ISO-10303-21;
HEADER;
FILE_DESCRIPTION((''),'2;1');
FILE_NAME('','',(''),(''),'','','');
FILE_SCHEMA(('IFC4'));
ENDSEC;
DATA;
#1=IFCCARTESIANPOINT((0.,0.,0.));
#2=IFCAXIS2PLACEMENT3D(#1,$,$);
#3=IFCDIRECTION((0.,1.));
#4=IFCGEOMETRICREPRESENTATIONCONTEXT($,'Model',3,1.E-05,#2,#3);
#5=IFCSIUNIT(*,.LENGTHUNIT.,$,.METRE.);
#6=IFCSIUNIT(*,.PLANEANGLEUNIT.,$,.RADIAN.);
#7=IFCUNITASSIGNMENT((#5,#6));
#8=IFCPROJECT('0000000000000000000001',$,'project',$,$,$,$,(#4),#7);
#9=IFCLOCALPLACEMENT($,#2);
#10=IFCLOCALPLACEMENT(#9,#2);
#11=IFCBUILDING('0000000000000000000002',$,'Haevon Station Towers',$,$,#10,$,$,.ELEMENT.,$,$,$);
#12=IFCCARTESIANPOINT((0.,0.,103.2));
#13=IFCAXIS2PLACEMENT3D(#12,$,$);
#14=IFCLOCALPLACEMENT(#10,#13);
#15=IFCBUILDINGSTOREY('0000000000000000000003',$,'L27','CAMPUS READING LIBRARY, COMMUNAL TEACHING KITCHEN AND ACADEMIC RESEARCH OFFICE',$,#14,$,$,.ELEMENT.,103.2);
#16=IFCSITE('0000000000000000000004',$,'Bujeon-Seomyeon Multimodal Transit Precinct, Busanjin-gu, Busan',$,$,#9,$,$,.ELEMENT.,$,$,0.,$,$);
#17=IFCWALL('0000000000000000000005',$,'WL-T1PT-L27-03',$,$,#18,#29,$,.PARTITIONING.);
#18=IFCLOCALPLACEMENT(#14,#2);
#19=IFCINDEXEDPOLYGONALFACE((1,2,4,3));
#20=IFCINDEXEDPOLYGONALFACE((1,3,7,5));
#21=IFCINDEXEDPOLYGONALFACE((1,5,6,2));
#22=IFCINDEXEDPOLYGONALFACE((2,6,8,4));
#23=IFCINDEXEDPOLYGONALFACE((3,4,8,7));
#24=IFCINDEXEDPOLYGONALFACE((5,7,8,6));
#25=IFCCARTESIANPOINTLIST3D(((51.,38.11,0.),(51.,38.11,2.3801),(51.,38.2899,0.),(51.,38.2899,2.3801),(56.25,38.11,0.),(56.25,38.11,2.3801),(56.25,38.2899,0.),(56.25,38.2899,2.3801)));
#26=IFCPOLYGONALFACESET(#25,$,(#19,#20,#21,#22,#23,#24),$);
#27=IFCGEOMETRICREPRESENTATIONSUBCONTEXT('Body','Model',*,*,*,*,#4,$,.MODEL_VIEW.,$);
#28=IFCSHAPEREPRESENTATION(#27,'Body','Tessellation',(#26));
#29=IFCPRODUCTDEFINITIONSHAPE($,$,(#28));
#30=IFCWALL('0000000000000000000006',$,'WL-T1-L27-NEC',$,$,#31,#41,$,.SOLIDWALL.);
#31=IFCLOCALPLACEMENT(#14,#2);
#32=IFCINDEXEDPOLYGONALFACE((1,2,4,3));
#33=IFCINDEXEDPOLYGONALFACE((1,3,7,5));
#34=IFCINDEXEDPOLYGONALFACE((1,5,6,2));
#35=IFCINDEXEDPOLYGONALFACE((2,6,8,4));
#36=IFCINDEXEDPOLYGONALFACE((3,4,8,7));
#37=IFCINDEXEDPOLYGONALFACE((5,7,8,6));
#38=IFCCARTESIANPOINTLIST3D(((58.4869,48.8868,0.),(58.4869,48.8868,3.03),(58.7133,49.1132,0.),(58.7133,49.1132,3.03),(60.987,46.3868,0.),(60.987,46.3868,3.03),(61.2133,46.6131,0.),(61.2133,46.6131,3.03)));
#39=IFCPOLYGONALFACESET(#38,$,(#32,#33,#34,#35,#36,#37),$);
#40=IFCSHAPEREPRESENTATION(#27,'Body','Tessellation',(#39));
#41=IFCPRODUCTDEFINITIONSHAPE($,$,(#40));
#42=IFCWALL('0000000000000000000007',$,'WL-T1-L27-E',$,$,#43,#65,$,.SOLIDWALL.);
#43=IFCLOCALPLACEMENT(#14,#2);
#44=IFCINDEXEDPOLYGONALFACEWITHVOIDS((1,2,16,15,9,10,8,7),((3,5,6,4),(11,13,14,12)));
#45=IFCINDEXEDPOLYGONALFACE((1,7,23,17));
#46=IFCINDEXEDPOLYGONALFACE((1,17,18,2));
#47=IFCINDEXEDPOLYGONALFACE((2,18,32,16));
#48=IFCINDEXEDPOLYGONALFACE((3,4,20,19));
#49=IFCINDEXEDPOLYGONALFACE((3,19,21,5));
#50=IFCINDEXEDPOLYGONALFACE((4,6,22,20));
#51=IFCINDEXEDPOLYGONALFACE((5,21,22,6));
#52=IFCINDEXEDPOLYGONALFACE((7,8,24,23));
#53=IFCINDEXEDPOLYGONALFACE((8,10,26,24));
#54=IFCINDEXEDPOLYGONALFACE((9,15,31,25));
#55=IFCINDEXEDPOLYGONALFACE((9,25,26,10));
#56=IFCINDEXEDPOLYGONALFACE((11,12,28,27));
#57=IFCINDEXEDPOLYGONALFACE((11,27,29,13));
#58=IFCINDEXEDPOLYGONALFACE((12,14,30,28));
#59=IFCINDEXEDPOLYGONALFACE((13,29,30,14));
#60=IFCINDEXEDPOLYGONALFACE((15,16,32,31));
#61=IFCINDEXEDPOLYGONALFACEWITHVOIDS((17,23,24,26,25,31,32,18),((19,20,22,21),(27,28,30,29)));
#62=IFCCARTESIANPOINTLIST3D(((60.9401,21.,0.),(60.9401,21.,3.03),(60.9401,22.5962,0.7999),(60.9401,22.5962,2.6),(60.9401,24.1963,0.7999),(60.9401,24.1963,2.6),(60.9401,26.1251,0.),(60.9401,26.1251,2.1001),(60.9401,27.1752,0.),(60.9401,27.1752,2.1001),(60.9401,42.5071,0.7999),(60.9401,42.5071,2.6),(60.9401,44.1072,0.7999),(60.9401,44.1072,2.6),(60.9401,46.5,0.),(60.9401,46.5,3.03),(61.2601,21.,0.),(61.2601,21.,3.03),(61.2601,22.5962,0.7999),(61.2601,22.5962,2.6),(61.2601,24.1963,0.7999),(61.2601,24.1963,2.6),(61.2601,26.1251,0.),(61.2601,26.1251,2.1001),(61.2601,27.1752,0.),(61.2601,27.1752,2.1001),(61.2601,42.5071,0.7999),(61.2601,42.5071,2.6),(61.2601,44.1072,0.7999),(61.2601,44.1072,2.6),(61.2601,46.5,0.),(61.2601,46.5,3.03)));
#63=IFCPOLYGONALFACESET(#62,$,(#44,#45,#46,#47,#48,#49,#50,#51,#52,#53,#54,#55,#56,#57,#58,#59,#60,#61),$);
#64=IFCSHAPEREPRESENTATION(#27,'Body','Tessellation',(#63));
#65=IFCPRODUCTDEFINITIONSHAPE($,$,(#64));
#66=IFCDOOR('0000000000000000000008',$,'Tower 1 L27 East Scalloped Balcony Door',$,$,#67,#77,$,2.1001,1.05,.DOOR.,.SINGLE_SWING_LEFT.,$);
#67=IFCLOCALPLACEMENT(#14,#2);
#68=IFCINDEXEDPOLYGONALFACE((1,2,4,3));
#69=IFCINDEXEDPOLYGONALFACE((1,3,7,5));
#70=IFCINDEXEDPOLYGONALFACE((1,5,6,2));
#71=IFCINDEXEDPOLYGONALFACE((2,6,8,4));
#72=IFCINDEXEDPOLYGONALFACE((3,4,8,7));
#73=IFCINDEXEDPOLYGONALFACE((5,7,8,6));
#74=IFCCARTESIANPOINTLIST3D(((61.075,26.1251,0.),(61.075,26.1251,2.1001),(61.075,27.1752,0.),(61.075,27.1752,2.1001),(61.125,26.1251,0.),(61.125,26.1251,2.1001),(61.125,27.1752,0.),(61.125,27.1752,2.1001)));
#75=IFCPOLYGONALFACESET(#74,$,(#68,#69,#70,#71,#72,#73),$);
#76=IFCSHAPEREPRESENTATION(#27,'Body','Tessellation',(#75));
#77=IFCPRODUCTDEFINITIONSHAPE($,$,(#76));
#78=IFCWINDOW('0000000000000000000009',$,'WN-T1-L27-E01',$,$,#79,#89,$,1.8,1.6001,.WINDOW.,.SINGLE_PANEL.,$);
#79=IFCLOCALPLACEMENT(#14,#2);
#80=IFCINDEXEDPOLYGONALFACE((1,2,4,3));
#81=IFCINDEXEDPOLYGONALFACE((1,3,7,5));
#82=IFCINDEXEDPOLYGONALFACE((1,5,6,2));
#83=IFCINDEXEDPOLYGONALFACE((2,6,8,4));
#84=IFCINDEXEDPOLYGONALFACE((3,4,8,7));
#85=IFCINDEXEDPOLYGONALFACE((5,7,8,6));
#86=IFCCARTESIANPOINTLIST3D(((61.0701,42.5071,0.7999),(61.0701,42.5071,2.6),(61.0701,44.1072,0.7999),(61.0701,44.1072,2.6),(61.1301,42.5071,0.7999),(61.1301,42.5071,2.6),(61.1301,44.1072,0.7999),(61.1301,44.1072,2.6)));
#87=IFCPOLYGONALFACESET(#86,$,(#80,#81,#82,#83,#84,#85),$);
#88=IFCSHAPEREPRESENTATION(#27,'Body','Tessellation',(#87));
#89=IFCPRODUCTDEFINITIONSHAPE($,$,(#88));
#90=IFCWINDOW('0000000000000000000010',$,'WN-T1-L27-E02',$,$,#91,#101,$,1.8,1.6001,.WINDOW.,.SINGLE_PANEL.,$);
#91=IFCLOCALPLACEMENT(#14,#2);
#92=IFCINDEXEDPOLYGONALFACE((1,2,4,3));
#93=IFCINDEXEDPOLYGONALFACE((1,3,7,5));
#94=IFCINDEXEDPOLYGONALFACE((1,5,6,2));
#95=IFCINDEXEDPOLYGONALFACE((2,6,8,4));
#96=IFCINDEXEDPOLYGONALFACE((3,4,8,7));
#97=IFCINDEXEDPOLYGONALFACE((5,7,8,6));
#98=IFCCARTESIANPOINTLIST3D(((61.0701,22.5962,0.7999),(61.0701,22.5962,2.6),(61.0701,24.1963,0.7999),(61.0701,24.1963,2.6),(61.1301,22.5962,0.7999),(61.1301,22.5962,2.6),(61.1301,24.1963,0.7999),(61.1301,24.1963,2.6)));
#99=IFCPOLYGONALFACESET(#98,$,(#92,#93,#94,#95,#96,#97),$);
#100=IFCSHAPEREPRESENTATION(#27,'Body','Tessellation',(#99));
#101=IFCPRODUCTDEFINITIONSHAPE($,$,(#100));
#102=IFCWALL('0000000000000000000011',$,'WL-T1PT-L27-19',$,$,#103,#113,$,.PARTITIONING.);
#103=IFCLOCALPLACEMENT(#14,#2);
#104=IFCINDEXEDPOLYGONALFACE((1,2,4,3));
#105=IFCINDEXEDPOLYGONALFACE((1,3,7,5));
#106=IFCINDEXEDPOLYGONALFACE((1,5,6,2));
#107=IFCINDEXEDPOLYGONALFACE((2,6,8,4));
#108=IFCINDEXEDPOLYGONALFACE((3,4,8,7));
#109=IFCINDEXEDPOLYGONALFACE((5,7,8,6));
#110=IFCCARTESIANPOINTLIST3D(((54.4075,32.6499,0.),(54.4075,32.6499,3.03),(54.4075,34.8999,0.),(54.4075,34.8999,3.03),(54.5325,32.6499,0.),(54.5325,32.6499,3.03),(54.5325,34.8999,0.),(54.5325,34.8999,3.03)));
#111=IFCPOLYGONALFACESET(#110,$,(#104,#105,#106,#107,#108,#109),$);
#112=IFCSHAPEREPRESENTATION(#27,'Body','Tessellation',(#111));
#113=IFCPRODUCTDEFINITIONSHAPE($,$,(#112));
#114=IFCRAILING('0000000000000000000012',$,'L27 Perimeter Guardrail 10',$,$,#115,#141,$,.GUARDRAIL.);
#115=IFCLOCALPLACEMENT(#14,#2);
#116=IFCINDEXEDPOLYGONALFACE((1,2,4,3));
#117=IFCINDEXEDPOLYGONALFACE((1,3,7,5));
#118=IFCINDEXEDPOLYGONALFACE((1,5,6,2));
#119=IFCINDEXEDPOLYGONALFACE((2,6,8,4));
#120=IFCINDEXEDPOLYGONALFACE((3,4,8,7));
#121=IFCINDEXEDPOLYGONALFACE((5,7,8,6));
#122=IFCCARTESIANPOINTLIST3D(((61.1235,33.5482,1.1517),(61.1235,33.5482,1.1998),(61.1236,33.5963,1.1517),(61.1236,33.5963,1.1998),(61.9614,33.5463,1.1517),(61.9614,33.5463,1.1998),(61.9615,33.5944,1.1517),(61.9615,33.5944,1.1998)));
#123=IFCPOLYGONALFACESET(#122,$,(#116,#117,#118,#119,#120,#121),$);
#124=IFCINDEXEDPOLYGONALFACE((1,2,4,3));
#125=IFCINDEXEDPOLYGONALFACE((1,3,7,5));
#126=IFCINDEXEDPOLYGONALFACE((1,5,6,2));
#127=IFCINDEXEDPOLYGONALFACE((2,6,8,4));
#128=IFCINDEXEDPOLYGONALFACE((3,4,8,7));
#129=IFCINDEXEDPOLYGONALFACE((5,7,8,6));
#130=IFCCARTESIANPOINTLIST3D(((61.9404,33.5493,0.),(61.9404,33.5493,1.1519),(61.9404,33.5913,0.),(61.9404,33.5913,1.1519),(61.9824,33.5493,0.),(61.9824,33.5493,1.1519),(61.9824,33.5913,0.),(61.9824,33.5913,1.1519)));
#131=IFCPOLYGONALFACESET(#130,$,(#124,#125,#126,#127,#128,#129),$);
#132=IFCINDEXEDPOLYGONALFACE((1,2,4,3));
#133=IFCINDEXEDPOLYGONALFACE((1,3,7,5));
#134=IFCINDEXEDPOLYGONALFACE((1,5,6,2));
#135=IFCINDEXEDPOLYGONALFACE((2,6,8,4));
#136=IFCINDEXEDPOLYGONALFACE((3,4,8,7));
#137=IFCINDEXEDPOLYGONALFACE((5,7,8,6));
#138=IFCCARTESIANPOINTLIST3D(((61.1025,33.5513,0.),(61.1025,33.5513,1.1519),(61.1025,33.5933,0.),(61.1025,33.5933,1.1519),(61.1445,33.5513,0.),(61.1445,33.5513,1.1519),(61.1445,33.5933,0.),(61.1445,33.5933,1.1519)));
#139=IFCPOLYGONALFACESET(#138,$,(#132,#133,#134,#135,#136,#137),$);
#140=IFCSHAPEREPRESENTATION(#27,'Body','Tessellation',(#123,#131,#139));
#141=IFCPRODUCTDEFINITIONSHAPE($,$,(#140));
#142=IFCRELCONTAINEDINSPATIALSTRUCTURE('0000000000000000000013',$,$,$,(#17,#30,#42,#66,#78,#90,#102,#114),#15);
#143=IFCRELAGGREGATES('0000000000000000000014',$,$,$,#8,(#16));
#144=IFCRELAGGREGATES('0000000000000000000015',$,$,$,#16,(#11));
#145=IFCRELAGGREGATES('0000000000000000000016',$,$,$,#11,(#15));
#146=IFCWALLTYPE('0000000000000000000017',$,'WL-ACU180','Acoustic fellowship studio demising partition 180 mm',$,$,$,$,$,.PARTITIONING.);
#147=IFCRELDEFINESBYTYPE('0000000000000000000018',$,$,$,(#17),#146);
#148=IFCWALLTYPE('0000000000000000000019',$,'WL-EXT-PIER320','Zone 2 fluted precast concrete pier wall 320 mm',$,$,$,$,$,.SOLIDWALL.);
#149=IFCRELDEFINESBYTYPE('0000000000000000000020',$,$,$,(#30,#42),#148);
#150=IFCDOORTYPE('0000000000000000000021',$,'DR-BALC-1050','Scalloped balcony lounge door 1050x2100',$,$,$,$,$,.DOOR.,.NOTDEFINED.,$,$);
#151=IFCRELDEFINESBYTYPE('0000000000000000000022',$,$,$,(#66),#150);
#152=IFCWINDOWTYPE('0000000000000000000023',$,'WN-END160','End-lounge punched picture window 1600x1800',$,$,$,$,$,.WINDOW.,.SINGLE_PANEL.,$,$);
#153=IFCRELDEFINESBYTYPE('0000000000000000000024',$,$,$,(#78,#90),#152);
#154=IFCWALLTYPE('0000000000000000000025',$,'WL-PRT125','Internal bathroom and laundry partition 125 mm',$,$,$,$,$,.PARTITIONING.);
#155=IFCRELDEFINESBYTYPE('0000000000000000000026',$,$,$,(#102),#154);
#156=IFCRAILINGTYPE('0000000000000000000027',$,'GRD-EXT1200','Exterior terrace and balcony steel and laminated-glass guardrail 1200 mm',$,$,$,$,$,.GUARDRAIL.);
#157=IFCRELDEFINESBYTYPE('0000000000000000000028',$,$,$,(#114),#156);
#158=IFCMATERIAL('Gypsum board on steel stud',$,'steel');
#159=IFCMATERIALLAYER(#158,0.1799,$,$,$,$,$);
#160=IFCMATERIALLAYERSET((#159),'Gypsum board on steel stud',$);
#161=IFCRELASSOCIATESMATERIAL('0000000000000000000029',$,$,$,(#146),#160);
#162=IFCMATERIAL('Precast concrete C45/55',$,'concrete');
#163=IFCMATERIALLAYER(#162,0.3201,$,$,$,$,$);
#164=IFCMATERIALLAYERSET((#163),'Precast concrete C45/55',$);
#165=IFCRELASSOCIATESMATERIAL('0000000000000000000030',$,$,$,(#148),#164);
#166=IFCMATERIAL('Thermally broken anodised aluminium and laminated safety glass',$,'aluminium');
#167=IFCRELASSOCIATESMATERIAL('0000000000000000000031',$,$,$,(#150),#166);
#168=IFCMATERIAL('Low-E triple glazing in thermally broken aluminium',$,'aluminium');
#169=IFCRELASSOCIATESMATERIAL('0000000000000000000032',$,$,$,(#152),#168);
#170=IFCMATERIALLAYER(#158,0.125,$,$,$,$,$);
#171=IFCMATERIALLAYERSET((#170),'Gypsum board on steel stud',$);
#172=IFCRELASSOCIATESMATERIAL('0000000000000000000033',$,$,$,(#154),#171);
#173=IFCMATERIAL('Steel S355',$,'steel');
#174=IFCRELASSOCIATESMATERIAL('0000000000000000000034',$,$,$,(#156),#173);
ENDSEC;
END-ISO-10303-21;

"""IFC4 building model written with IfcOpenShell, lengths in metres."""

from ifc_helpers import new_model, si_unit, direction, frame, frame_2d, origin, origin_2d, place, context, subcontext, project, spatial, rectangle, extrude, material, layer, layer_set, type_object, element, fill, save


model = new_model("IFC4")

# Units and contexts
model_context = context("Model", 3, precision=1e-05, world=origin(), true_north=direction((0.0, 1.0)))
body_context = subcontext(model_context, "Body", "Model", "MODEL_VIEW")
ifc_project = project(units=[si_unit("LENGTHUNIT", "METRE"), si_unit("PLANEANGLEUNIT", "RADIAN")], contexts=[model_context])

# Site, building, storey
site_placement = place(None, origin())
site = spatial("IfcSite", under=ifc_project, at=site_placement, Name="Bujeon-Seomyeon Multimodal Transit Precinct, Busanjin-gu, Busan", CompositionType="ELEMENT", RefElevation=0.0)
building_placement = place(site_placement, origin())
building = spatial("IfcBuilding", under=site, at=building_placement, Name="Haevon Station Towers", CompositionType="ELEMENT")
storey_placement = place(building_placement, frame((0.0, 0.0, 103.2)))
storey = spatial("IfcBuildingStorey", under=building, at=storey_placement, Name="L27", Description="CAMPUS READING LIBRARY, COMMUNAL TEACHING KITCHEN AND ACADEMIC RESEARCH OFFICE", CompositionType="ELEMENT", Elevation=103.2)

# Shared definitions
ifc_material_1 = material(Name="Steel S355", Category="steel")

# Walls
ifc_material_2 = material(Name="Gypsum board on steel stud", Category="steel")
ifc_layer_1 = layer(ifc_material_2, 0.1799)
ifc_layer_set_1 = layer_set([ifc_layer_1], Name="Gypsum board on steel stud")
wall_type_1 = type_object("IfcWallType", Name="WL-ACU180", Description="Acoustic fellowship studio demising partition 180 mm", PredefinedType="PARTITIONING", material=ifc_layer_set_1)
wall_1_placement = place(storey_placement, frame((51.0, 38.2, 0.0), z_axis=(0.0, 0.0, 1.0), x_axis=(1.0, 0.0, 0.0)))
element("IfcWall", 1, at=wall_1_placement, inside=storey, type_object=wall_type_1, Name="WL-T1PT-L27-03", PredefinedType="PARTITIONING", context=body_context, shape_type="SweptSolid", body=[
    extrude(rectangle(XDim=5.25, YDim=0.1799, at=frame_2d((2.625, 0.0))), origin(), (0.0, 0.0, 1.0), 2.3801),
])
ifc_material_3 = material(Name="Precast concrete C45/55", Category="concrete")
ifc_layer_2 = layer(ifc_material_3, 0.3201)
ifc_layer_set_2 = layer_set([ifc_layer_2], Name="Precast concrete C45/55")
wall_type_2 = type_object("IfcWallType", Name="WL-EXT-PIER320", Description="Zone 2 fluted precast concrete pier wall 320 mm", PredefinedType="SOLIDWALL", material=ifc_layer_set_2)
wall_2_placement = place(storey_placement, frame((58.6001, 49.0, 0.0), z_axis=(0.0, 0.0, 1.0), x_axis=(0.707107, -0.707107, 0.0)))
element("IfcWall", 2, at=wall_2_placement, inside=storey, type_object=wall_type_2, Name="WL-T1-L27-NEC", PredefinedType="SOLIDWALL", context=body_context, shape_type="SweptSolid", body=[
    extrude(rectangle(XDim=3.5356, YDim=0.3201, at=frame_2d((1.7678, 0.0))), origin(), (0.0, 0.0, 1.0), 3.03),
])

# Wall, openings, door, windows
wall_3_placement = place(storey_placement, frame((61.1001, 46.5, 0.0), z_axis=(0.0, 0.0, 1.0), x_axis=(0.0, -1.0, 0.0)))
wall_3 = element("IfcWall", 3, at=wall_3_placement, inside=storey, type_object=wall_type_2, Name="WL-T1-L27-E", PredefinedType="SOLIDWALL", context=body_context, shape_type="SweptSolid", body=[
    extrude(rectangle(XDim=25.5, YDim=0.3201, at=frame_2d((12.75, 0.0))), origin(), (0.0, 0.0, 1.0), 3.03),
])
opening_1_placement = place(wall_3_placement, frame((19.325, 0.0, 0.0)))
opening_1 = element("IfcOpeningElement", 4, at=opening_1_placement, cuts=wall_3, PredefinedType="OPENING", context=body_context, shape_type="SweptSolid", body=[
    extrude(rectangle(XDim=1.05, YDim=2.1001, at=frame_2d((0.5249, 1.05))), frame((0.0, 0.1699, 0.0), z_axis=(0.0, -1.0, 0.0), x_axis=(1.0, 0.0, 0.0)), (0.0, 0.0, 1.0), 0.3401),
])
opening_2_placement = place(wall_3_placement, frame((2.3928, 0.0, 0.8)))
opening_2 = element("IfcOpeningElement", 5, at=opening_2_placement, cuts=wall_3, PredefinedType="OPENING", context=body_context, shape_type="SweptSolid", body=[
    extrude(rectangle(XDim=1.6001, YDim=1.8, at=frame_2d((0.8, 0.8999))), frame((0.0, 0.1699, 0.0), z_axis=(0.0, -1.0, 0.0), x_axis=(1.0, 0.0, 0.0)), (0.0, 0.0, 1.0), 0.3401),
])
opening_3_placement = place(wall_3_placement, frame((22.3037, 0.0, 0.8)))
opening_3 = element("IfcOpeningElement", 6, at=opening_3_placement, cuts=wall_3, PredefinedType="OPENING", context=body_context, shape_type="SweptSolid", body=[
    extrude(rectangle(XDim=1.6001, YDim=1.8, at=frame_2d((0.8, 0.8999))), frame((0.0, 0.1699, 0.0), z_axis=(0.0, -1.0, 0.0), x_axis=(1.0, 0.0, 0.0)), (0.0, 0.0, 1.0), 0.3401),
])
ifc_material_4 = material(Name="Thermally broken anodised aluminium and laminated safety glass", Category="aluminium")
door_type = type_object("IfcDoorType", Name="DR-BALC-1050", Description="Scalloped balcony lounge door 1050x2100", OperationType="NOTDEFINED", PredefinedType="DOOR", material=ifc_material_4)
door_placement = place(opening_1_placement, origin())
door = element("IfcDoor", 7, at=door_placement, inside=storey, type_object=door_type, Name="Tower 1 L27 East Scalloped Balcony Door", OperationType="SINGLE_SWING_LEFT", OverallHeight=2.1001, OverallWidth=1.05, PredefinedType="DOOR", context=body_context, shape_type="SweptSolid", body=[
    extrude(rectangle(XDim=1.05, YDim=2.1001, at=frame_2d((0.5249, 1.05))), frame((0.0, 0.0249, 0.0), z_axis=(0.0, -1.0, 0.0), x_axis=(1.0, 0.0, 0.0)), (0.0, 0.0, 1.0), 0.05),
])
fill(opening_1, door)
ifc_material_5 = material(Name="Low-E triple glazing in thermally broken aluminium", Category="aluminium")
window_type = type_object("IfcWindowType", Name="WN-END160", Description="End-lounge punched picture window 1600x1800", PartitioningType="SINGLE_PANEL", PredefinedType="WINDOW", material=ifc_material_5)
window_1_placement = place(opening_2_placement, origin())
window_1 = element("IfcWindow", 8, at=window_1_placement, inside=storey, type_object=window_type, Name="WN-T1-L27-E01", OverallHeight=1.8, OverallWidth=1.6001, PartitioningType="SINGLE_PANEL", PredefinedType="WINDOW", context=body_context, shape_type="SweptSolid", body=[
    extrude(rectangle(XDim=1.6001, YDim=1.8, at=frame_2d((0.8, 0.8999))), frame((0.0, 0.03, 0.0), z_axis=(0.0, -1.0, 0.0), x_axis=(1.0, 0.0, 0.0)), (0.0, 0.0, 1.0), 0.0601),
])
fill(opening_2, window_1)
window_2_placement = place(opening_3_placement, origin())
window_2 = element("IfcWindow", 9, at=window_2_placement, inside=storey, type_object=window_type, Name="WN-T1-L27-E02", OverallHeight=1.8, OverallWidth=1.6001, PartitioningType="SINGLE_PANEL", PredefinedType="WINDOW", context=body_context, shape_type="SweptSolid", body=[
    extrude(rectangle(XDim=1.6001, YDim=1.8, at=frame_2d((0.8, 0.8999))), frame((0.0, 0.03, 0.0), z_axis=(0.0, -1.0, 0.0), x_axis=(1.0, 0.0, 0.0)), (0.0, 0.0, 1.0), 0.0601),
])
fill(opening_3, window_2)

# Wall
ifc_layer_3 = layer(ifc_material_2, 0.125)
ifc_layer_set_3 = layer_set([ifc_layer_3], Name="Gypsum board on steel stud")
wall_type_3 = type_object("IfcWallType", Name="WL-PRT125", Description="Internal bathroom and laundry partition 125 mm", PredefinedType="PARTITIONING", material=ifc_layer_set_3)
wall_4_placement = place(storey_placement, frame((54.47, 32.6499, 0.0), z_axis=(0.0, 0.0, 1.0), x_axis=(0.0, 1.0, 0.0)))
element("IfcWall", 10, at=wall_4_placement, inside=storey, type_object=wall_type_3, Name="WL-T1PT-L27-19", PredefinedType="PARTITIONING", context=body_context, shape_type="SweptSolid", body=[
    extrude(rectangle(XDim=2.25, YDim=0.125, at=frame_2d((1.125, 0.0))), origin(), (0.0, 0.0, 1.0), 3.03),
])

# Railing
railing_type = type_object("IfcRailingType", Name="GRD-EXT1200", Description="Exterior terrace and balcony steel and laminated-glass guardrail 1200 mm", PredefinedType="GUARDRAIL", material=ifc_material_1)
railing_placement = place(storey_placement, frame((61.9614, 33.5703, 0.0)))
element("IfcRailing", 11, at=railing_placement, inside=storey, type_object=railing_type, Name="L27 Perimeter Guardrail 10", PredefinedType="GUARDRAIL", context=body_context, shape_type="SweptSolid", body=[
    extrude(rectangle(XDim=0.0481, YDim=0.0481, at=origin_2d()), frame((0.0, 0.0, 1.1758), z_axis=(-0.999997, 0.002331, 0.0), x_axis=(-0.002331, -0.999997, 0.0)), (0.0, 0.0, 1.0), 0.8379),
    extrude(rectangle(XDim=0.042, YDim=0.042, at=origin_2d()), origin(), (0.0, 0.0, 1.0), 1.1519),
    extrude(rectangle(XDim=0.042, YDim=0.042, at=origin_2d()), frame((-0.8379, 0.002, 0.0)), (0.0, 0.0, 1.0), 1.1519),
])

save(model, "model.ifc")
